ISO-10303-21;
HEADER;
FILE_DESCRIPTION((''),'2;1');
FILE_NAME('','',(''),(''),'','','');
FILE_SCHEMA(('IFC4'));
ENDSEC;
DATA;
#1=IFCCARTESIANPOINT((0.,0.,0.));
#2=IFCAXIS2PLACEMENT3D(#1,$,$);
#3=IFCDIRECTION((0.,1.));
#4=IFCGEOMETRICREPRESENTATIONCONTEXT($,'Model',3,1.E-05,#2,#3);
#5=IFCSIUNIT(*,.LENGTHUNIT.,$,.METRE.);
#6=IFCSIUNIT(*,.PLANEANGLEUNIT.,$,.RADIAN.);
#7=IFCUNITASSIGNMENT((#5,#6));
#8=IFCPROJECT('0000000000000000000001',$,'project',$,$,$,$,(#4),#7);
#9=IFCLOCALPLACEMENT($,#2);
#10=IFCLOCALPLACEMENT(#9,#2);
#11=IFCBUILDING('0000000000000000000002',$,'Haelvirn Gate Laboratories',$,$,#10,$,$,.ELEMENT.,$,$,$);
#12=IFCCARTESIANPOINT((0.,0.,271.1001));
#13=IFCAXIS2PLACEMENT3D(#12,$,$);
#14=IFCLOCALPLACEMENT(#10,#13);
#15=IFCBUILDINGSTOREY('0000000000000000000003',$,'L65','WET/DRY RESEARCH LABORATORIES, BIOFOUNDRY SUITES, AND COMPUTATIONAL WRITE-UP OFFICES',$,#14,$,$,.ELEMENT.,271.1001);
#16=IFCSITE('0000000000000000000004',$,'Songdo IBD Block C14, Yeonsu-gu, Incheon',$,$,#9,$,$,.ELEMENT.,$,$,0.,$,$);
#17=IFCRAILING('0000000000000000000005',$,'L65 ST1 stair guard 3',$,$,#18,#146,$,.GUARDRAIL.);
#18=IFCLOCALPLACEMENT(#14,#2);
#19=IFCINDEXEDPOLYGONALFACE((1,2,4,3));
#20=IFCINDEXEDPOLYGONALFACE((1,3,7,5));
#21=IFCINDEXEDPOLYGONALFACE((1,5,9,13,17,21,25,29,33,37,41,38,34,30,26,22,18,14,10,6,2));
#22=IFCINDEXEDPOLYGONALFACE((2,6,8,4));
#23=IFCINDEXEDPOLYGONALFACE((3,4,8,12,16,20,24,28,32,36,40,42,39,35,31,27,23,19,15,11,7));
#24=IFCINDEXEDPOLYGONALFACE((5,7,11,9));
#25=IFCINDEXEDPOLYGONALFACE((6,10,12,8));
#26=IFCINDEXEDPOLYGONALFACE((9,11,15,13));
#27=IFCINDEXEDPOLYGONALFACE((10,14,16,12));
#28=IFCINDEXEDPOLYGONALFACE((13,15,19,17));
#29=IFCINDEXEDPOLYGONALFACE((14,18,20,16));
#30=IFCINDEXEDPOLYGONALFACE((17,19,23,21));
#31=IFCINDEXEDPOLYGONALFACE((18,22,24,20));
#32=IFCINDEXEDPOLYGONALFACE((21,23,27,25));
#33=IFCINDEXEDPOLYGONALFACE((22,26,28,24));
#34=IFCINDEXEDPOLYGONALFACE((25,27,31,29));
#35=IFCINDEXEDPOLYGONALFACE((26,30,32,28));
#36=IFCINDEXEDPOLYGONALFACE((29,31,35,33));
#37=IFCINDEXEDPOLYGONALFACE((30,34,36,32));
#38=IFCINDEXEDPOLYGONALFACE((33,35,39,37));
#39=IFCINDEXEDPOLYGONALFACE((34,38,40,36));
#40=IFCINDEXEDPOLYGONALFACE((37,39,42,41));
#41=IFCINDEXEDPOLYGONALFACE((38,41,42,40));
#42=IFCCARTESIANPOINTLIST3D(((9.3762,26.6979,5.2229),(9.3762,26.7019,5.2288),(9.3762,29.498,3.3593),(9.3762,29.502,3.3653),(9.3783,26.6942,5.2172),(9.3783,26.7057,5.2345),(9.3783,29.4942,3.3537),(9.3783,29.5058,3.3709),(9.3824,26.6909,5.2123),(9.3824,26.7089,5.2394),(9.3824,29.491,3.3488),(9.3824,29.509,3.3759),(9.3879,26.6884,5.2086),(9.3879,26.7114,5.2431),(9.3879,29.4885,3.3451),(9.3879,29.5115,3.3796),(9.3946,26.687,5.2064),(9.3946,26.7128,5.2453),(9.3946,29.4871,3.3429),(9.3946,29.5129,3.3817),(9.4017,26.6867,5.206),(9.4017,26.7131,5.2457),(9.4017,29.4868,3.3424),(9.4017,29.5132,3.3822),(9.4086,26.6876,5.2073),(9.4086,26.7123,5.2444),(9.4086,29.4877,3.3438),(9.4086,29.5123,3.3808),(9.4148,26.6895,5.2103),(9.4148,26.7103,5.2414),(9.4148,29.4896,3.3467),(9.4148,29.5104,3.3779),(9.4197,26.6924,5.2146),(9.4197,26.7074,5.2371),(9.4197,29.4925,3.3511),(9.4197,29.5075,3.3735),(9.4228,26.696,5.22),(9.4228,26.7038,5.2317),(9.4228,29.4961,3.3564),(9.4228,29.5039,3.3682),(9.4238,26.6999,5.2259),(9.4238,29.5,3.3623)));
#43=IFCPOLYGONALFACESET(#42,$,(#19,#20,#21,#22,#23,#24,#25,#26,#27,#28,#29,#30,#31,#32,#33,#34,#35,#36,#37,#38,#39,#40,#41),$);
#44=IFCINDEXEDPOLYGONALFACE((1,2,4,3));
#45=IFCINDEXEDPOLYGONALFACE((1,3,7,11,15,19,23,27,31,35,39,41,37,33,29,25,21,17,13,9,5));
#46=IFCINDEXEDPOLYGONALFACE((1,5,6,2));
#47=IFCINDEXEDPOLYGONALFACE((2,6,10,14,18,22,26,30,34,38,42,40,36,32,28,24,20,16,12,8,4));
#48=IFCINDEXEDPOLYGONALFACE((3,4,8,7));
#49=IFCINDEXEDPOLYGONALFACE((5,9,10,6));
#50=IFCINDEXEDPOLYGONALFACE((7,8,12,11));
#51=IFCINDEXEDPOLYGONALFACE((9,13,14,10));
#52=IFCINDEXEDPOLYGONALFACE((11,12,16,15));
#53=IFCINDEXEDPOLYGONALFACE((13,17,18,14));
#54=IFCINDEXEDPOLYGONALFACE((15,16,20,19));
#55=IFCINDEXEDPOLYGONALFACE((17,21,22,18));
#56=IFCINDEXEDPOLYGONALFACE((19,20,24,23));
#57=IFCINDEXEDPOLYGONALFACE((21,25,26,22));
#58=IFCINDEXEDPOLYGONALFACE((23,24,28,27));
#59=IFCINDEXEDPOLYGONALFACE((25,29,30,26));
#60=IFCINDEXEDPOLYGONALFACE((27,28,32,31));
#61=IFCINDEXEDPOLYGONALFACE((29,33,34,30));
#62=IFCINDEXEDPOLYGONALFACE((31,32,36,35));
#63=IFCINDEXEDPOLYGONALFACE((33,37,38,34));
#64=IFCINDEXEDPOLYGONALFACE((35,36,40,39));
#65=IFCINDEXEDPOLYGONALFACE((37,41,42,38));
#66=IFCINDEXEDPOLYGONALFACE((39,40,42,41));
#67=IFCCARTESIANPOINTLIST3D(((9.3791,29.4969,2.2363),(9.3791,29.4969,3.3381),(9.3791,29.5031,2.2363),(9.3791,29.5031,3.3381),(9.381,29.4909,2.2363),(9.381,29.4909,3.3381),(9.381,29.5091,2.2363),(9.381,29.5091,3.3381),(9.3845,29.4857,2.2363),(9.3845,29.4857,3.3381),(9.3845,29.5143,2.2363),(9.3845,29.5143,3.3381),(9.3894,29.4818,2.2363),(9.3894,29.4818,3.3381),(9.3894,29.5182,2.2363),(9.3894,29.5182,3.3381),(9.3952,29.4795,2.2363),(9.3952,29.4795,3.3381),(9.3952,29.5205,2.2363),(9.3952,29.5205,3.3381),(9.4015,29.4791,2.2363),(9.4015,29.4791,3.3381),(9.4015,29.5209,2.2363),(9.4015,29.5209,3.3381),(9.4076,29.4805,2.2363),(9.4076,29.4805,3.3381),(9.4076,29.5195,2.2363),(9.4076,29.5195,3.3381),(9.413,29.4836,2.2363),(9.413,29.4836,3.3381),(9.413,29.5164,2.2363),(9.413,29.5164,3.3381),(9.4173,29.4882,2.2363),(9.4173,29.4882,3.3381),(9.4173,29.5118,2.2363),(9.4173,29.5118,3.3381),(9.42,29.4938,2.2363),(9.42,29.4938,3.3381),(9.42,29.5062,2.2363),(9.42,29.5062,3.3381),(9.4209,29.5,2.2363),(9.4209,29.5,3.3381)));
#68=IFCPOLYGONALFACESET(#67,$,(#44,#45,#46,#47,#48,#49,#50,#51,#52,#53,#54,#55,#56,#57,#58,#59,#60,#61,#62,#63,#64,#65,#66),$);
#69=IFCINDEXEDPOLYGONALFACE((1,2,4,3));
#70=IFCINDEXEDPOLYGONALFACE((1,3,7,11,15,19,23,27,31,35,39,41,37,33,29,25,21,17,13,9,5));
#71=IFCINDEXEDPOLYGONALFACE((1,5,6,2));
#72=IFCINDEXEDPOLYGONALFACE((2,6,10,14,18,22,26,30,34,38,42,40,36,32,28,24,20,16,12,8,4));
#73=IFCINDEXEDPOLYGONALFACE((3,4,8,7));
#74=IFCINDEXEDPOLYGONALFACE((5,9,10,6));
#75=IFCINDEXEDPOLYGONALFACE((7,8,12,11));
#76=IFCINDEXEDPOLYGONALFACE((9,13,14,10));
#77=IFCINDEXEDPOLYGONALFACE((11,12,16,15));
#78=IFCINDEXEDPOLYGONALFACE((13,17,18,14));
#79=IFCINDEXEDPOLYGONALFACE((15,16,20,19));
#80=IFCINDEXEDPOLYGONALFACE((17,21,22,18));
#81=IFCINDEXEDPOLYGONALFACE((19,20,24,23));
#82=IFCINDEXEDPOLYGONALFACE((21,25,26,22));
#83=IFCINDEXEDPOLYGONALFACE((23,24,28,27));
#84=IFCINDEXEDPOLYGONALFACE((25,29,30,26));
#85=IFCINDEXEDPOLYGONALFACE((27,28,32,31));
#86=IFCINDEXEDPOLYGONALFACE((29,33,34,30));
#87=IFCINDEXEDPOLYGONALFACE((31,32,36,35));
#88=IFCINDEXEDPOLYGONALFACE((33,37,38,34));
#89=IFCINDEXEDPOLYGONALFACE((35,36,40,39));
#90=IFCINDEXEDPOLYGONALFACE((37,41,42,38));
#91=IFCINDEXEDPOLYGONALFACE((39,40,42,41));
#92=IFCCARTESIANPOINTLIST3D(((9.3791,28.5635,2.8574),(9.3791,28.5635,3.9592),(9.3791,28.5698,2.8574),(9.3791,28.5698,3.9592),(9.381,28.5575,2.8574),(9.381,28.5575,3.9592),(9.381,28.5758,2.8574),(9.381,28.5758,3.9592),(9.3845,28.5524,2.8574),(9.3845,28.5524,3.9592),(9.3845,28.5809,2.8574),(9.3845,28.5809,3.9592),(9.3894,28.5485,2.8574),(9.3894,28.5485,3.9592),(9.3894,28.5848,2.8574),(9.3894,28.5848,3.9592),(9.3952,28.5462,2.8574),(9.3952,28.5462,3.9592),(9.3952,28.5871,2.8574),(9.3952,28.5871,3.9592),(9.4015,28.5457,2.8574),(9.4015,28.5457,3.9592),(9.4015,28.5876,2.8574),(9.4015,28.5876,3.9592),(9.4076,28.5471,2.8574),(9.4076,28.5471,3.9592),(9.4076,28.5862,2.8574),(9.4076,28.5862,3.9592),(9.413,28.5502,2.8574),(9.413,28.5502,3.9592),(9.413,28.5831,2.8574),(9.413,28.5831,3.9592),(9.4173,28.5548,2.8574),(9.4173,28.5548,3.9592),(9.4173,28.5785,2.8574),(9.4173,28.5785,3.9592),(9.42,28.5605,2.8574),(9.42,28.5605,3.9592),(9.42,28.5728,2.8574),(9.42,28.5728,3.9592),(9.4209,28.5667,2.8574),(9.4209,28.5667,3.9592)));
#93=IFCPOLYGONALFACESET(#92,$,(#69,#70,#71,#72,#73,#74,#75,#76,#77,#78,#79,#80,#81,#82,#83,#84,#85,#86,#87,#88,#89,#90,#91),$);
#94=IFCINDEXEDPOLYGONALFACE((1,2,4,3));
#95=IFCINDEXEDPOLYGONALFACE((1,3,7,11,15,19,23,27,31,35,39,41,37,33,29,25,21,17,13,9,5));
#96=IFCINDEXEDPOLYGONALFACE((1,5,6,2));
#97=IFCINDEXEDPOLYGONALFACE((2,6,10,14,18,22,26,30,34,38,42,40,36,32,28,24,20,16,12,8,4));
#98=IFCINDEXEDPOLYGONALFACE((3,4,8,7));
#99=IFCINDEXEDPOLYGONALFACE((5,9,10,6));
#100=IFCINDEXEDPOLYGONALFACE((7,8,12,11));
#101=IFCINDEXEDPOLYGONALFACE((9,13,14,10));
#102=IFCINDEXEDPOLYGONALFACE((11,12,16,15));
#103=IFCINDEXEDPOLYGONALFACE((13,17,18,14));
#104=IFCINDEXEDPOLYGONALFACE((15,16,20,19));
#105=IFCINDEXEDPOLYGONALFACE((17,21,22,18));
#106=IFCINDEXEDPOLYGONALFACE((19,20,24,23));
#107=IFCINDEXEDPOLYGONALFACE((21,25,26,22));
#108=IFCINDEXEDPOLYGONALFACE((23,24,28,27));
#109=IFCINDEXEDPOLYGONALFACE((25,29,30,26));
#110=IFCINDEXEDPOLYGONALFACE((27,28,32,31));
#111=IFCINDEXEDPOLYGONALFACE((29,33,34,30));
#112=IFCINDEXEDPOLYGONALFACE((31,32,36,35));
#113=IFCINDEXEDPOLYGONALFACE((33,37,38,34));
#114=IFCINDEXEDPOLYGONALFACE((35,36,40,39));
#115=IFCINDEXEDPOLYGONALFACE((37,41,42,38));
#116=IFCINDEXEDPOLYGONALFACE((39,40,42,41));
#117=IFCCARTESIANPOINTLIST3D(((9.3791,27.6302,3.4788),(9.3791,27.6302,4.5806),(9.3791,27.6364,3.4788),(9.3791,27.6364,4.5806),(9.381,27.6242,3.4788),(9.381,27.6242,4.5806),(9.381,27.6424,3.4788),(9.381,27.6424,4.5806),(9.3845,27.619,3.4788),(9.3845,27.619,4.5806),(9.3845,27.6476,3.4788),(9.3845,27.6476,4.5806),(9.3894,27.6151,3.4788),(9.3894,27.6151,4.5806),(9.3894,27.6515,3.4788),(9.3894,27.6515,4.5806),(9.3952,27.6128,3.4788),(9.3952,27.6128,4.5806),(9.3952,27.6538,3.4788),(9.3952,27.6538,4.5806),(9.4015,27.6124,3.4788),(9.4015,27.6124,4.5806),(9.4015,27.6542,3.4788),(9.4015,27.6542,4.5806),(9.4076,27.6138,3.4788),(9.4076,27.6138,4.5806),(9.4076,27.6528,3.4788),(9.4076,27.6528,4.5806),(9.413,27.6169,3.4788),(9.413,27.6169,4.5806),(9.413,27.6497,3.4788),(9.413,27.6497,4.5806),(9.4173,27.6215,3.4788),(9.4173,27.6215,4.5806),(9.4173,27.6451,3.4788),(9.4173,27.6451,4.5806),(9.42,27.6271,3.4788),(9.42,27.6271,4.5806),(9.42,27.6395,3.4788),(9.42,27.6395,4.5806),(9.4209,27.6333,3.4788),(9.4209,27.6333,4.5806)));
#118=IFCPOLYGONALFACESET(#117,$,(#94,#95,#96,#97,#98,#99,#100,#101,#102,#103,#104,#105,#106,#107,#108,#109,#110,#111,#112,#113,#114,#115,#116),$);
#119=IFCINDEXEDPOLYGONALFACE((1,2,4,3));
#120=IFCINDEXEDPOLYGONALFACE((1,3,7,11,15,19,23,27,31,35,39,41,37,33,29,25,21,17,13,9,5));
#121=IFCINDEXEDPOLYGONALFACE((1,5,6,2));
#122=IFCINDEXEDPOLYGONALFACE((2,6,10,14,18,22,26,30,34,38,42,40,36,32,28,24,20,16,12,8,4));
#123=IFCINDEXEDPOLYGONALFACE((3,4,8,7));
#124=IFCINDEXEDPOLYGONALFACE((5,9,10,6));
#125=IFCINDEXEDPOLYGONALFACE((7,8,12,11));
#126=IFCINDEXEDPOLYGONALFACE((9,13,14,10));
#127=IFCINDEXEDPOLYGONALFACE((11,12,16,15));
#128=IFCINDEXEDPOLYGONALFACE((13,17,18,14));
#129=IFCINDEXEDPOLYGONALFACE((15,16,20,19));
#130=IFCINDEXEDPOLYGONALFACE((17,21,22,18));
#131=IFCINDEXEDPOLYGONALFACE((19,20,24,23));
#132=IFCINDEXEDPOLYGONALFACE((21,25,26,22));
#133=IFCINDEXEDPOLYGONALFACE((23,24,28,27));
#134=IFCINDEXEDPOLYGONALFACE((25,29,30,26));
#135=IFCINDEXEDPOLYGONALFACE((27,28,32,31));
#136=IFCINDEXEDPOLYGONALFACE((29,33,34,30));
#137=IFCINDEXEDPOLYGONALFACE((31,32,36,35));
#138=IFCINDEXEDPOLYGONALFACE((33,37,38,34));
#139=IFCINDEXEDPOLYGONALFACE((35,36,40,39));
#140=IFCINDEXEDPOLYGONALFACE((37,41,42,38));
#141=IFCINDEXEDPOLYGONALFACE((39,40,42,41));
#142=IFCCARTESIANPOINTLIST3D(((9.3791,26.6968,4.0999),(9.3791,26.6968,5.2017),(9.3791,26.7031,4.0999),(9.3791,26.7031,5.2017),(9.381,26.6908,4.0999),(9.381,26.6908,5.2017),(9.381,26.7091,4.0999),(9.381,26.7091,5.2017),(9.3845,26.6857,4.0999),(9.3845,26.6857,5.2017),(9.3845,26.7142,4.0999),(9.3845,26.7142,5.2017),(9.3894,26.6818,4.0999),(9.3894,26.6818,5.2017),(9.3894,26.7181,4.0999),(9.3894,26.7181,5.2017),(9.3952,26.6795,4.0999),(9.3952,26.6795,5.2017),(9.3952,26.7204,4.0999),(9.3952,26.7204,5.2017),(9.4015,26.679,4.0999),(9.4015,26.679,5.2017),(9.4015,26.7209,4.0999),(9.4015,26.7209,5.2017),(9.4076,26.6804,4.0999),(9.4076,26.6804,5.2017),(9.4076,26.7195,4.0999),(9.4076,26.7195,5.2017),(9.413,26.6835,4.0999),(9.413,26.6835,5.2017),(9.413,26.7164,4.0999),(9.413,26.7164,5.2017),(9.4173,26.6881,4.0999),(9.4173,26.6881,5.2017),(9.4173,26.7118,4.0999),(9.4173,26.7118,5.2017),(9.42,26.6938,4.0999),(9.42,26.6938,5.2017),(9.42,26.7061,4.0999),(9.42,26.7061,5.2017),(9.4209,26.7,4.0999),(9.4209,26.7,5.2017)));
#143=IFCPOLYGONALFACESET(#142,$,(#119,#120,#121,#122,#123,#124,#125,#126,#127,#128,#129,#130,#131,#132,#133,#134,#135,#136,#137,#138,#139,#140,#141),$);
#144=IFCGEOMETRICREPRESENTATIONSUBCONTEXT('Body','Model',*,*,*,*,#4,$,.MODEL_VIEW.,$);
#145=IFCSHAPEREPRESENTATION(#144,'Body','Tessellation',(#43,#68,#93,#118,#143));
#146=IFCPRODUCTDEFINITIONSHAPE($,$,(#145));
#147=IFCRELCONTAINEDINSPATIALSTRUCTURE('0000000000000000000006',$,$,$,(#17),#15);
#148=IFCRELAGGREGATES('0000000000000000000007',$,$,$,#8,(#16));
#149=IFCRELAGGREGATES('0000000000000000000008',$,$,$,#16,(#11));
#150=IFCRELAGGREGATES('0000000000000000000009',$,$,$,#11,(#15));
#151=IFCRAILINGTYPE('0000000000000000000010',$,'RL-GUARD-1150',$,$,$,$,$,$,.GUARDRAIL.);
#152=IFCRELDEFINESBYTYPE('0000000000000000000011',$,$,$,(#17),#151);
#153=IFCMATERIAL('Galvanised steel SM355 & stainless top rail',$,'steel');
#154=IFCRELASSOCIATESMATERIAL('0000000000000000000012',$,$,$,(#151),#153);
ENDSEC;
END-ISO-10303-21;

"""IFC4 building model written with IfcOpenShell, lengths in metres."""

from ifc_helpers import new_model, si_unit, direction, frame, origin, origin_2d, place, context, subcontext, project, spatial, circle, extrude, source, transform, mapped, material, type_object, element, save


model = new_model("IFC4")

# Units and contexts
model_context = context("Model", 3, precision=1e-05, world=origin(), true_north=direction((0.0, 1.0)))
body_context = subcontext(model_context, "Body", "Model", "MODEL_VIEW")
ifc_project = project(units=[si_unit("LENGTHUNIT", "METRE"), si_unit("PLANEANGLEUNIT", "RADIAN")], contexts=[model_context])

# Site, building, storey
site_placement = place(None, origin())
site = spatial("IfcSite", under=ifc_project, at=site_placement, Name="Songdo IBD Block C14, Yeonsu-gu, Incheon", CompositionType="ELEMENT", RefElevation=0.0)
building_placement = place(site_placement, origin())
building = spatial("IfcBuilding", under=site, at=building_placement, Name="Haelvirn Gate Laboratories", CompositionType="ELEMENT")
storey_placement = place(building_placement, frame((0.0, 0.0, 271.1001)))
storey = spatial("IfcBuildingStorey", under=building, at=storey_placement, Name="L65", Description="WET/DRY RESEARCH LABORATORIES, BIOFOUNDRY SUITES, AND COMPUTATIONAL WRITE-UP OFFICES", CompositionType="ELEMENT", Elevation=271.1001)

# Railing
ifc_material_1 = material(Name="Galvanised steel SM355 & stainless top rail", Category="steel")
railing_type_1 = type_object("IfcRailingType", Name="RL-GUARD-1150", PredefinedType="GUARDRAIL", material=ifc_material_1)
shared_shape_1 = source(origin(), body_context, "Body", "SweptSolid", [
    extrude(circle(Radius=0.0239, at=origin_2d()), frame((0.0, 0.0, 1.126), z_axis=(0.0, -0.832486, 0.554047), x_axis=(1.0, 0.0, 0.0)), (0.0, 0.0, 1.0), 3.3635),
    extrude(circle(Radius=0.021, at=origin_2d()), origin(), (0.0, 0.0, 1.0), 1.1018),
    extrude(circle(Radius=0.021, at=origin_2d()), frame((0.0, -0.9333, 0.6211)), (0.0, 0.0, 1.0), 1.1018),
    extrude(circle(Radius=0.021, at=origin_2d()), frame((0.0, -1.8667, 1.2424)), (0.0, 0.0, 1.0), 1.1018),
    extrude(circle(Radius=0.021, at=origin_2d()), frame((0.0, -2.8, 1.8635)), (0.0, 0.0, 1.0), 1.1018),
])
railing_1_placement = place(storey_placement, frame((9.3999, 29.5, 2.2363)))
element("IfcRailing", 1, at=railing_1_placement, inside=storey, type_object=railing_type_1, Name="L65 ST1 stair guard 3", PredefinedType="GUARDRAIL", context=body_context, shape_type="MappedRepresentation", body=[
    mapped(shared_shape_1, transform((0.0, 0.0, 0.0), scale=1.0)),
])

save(model, "model.ifc")
